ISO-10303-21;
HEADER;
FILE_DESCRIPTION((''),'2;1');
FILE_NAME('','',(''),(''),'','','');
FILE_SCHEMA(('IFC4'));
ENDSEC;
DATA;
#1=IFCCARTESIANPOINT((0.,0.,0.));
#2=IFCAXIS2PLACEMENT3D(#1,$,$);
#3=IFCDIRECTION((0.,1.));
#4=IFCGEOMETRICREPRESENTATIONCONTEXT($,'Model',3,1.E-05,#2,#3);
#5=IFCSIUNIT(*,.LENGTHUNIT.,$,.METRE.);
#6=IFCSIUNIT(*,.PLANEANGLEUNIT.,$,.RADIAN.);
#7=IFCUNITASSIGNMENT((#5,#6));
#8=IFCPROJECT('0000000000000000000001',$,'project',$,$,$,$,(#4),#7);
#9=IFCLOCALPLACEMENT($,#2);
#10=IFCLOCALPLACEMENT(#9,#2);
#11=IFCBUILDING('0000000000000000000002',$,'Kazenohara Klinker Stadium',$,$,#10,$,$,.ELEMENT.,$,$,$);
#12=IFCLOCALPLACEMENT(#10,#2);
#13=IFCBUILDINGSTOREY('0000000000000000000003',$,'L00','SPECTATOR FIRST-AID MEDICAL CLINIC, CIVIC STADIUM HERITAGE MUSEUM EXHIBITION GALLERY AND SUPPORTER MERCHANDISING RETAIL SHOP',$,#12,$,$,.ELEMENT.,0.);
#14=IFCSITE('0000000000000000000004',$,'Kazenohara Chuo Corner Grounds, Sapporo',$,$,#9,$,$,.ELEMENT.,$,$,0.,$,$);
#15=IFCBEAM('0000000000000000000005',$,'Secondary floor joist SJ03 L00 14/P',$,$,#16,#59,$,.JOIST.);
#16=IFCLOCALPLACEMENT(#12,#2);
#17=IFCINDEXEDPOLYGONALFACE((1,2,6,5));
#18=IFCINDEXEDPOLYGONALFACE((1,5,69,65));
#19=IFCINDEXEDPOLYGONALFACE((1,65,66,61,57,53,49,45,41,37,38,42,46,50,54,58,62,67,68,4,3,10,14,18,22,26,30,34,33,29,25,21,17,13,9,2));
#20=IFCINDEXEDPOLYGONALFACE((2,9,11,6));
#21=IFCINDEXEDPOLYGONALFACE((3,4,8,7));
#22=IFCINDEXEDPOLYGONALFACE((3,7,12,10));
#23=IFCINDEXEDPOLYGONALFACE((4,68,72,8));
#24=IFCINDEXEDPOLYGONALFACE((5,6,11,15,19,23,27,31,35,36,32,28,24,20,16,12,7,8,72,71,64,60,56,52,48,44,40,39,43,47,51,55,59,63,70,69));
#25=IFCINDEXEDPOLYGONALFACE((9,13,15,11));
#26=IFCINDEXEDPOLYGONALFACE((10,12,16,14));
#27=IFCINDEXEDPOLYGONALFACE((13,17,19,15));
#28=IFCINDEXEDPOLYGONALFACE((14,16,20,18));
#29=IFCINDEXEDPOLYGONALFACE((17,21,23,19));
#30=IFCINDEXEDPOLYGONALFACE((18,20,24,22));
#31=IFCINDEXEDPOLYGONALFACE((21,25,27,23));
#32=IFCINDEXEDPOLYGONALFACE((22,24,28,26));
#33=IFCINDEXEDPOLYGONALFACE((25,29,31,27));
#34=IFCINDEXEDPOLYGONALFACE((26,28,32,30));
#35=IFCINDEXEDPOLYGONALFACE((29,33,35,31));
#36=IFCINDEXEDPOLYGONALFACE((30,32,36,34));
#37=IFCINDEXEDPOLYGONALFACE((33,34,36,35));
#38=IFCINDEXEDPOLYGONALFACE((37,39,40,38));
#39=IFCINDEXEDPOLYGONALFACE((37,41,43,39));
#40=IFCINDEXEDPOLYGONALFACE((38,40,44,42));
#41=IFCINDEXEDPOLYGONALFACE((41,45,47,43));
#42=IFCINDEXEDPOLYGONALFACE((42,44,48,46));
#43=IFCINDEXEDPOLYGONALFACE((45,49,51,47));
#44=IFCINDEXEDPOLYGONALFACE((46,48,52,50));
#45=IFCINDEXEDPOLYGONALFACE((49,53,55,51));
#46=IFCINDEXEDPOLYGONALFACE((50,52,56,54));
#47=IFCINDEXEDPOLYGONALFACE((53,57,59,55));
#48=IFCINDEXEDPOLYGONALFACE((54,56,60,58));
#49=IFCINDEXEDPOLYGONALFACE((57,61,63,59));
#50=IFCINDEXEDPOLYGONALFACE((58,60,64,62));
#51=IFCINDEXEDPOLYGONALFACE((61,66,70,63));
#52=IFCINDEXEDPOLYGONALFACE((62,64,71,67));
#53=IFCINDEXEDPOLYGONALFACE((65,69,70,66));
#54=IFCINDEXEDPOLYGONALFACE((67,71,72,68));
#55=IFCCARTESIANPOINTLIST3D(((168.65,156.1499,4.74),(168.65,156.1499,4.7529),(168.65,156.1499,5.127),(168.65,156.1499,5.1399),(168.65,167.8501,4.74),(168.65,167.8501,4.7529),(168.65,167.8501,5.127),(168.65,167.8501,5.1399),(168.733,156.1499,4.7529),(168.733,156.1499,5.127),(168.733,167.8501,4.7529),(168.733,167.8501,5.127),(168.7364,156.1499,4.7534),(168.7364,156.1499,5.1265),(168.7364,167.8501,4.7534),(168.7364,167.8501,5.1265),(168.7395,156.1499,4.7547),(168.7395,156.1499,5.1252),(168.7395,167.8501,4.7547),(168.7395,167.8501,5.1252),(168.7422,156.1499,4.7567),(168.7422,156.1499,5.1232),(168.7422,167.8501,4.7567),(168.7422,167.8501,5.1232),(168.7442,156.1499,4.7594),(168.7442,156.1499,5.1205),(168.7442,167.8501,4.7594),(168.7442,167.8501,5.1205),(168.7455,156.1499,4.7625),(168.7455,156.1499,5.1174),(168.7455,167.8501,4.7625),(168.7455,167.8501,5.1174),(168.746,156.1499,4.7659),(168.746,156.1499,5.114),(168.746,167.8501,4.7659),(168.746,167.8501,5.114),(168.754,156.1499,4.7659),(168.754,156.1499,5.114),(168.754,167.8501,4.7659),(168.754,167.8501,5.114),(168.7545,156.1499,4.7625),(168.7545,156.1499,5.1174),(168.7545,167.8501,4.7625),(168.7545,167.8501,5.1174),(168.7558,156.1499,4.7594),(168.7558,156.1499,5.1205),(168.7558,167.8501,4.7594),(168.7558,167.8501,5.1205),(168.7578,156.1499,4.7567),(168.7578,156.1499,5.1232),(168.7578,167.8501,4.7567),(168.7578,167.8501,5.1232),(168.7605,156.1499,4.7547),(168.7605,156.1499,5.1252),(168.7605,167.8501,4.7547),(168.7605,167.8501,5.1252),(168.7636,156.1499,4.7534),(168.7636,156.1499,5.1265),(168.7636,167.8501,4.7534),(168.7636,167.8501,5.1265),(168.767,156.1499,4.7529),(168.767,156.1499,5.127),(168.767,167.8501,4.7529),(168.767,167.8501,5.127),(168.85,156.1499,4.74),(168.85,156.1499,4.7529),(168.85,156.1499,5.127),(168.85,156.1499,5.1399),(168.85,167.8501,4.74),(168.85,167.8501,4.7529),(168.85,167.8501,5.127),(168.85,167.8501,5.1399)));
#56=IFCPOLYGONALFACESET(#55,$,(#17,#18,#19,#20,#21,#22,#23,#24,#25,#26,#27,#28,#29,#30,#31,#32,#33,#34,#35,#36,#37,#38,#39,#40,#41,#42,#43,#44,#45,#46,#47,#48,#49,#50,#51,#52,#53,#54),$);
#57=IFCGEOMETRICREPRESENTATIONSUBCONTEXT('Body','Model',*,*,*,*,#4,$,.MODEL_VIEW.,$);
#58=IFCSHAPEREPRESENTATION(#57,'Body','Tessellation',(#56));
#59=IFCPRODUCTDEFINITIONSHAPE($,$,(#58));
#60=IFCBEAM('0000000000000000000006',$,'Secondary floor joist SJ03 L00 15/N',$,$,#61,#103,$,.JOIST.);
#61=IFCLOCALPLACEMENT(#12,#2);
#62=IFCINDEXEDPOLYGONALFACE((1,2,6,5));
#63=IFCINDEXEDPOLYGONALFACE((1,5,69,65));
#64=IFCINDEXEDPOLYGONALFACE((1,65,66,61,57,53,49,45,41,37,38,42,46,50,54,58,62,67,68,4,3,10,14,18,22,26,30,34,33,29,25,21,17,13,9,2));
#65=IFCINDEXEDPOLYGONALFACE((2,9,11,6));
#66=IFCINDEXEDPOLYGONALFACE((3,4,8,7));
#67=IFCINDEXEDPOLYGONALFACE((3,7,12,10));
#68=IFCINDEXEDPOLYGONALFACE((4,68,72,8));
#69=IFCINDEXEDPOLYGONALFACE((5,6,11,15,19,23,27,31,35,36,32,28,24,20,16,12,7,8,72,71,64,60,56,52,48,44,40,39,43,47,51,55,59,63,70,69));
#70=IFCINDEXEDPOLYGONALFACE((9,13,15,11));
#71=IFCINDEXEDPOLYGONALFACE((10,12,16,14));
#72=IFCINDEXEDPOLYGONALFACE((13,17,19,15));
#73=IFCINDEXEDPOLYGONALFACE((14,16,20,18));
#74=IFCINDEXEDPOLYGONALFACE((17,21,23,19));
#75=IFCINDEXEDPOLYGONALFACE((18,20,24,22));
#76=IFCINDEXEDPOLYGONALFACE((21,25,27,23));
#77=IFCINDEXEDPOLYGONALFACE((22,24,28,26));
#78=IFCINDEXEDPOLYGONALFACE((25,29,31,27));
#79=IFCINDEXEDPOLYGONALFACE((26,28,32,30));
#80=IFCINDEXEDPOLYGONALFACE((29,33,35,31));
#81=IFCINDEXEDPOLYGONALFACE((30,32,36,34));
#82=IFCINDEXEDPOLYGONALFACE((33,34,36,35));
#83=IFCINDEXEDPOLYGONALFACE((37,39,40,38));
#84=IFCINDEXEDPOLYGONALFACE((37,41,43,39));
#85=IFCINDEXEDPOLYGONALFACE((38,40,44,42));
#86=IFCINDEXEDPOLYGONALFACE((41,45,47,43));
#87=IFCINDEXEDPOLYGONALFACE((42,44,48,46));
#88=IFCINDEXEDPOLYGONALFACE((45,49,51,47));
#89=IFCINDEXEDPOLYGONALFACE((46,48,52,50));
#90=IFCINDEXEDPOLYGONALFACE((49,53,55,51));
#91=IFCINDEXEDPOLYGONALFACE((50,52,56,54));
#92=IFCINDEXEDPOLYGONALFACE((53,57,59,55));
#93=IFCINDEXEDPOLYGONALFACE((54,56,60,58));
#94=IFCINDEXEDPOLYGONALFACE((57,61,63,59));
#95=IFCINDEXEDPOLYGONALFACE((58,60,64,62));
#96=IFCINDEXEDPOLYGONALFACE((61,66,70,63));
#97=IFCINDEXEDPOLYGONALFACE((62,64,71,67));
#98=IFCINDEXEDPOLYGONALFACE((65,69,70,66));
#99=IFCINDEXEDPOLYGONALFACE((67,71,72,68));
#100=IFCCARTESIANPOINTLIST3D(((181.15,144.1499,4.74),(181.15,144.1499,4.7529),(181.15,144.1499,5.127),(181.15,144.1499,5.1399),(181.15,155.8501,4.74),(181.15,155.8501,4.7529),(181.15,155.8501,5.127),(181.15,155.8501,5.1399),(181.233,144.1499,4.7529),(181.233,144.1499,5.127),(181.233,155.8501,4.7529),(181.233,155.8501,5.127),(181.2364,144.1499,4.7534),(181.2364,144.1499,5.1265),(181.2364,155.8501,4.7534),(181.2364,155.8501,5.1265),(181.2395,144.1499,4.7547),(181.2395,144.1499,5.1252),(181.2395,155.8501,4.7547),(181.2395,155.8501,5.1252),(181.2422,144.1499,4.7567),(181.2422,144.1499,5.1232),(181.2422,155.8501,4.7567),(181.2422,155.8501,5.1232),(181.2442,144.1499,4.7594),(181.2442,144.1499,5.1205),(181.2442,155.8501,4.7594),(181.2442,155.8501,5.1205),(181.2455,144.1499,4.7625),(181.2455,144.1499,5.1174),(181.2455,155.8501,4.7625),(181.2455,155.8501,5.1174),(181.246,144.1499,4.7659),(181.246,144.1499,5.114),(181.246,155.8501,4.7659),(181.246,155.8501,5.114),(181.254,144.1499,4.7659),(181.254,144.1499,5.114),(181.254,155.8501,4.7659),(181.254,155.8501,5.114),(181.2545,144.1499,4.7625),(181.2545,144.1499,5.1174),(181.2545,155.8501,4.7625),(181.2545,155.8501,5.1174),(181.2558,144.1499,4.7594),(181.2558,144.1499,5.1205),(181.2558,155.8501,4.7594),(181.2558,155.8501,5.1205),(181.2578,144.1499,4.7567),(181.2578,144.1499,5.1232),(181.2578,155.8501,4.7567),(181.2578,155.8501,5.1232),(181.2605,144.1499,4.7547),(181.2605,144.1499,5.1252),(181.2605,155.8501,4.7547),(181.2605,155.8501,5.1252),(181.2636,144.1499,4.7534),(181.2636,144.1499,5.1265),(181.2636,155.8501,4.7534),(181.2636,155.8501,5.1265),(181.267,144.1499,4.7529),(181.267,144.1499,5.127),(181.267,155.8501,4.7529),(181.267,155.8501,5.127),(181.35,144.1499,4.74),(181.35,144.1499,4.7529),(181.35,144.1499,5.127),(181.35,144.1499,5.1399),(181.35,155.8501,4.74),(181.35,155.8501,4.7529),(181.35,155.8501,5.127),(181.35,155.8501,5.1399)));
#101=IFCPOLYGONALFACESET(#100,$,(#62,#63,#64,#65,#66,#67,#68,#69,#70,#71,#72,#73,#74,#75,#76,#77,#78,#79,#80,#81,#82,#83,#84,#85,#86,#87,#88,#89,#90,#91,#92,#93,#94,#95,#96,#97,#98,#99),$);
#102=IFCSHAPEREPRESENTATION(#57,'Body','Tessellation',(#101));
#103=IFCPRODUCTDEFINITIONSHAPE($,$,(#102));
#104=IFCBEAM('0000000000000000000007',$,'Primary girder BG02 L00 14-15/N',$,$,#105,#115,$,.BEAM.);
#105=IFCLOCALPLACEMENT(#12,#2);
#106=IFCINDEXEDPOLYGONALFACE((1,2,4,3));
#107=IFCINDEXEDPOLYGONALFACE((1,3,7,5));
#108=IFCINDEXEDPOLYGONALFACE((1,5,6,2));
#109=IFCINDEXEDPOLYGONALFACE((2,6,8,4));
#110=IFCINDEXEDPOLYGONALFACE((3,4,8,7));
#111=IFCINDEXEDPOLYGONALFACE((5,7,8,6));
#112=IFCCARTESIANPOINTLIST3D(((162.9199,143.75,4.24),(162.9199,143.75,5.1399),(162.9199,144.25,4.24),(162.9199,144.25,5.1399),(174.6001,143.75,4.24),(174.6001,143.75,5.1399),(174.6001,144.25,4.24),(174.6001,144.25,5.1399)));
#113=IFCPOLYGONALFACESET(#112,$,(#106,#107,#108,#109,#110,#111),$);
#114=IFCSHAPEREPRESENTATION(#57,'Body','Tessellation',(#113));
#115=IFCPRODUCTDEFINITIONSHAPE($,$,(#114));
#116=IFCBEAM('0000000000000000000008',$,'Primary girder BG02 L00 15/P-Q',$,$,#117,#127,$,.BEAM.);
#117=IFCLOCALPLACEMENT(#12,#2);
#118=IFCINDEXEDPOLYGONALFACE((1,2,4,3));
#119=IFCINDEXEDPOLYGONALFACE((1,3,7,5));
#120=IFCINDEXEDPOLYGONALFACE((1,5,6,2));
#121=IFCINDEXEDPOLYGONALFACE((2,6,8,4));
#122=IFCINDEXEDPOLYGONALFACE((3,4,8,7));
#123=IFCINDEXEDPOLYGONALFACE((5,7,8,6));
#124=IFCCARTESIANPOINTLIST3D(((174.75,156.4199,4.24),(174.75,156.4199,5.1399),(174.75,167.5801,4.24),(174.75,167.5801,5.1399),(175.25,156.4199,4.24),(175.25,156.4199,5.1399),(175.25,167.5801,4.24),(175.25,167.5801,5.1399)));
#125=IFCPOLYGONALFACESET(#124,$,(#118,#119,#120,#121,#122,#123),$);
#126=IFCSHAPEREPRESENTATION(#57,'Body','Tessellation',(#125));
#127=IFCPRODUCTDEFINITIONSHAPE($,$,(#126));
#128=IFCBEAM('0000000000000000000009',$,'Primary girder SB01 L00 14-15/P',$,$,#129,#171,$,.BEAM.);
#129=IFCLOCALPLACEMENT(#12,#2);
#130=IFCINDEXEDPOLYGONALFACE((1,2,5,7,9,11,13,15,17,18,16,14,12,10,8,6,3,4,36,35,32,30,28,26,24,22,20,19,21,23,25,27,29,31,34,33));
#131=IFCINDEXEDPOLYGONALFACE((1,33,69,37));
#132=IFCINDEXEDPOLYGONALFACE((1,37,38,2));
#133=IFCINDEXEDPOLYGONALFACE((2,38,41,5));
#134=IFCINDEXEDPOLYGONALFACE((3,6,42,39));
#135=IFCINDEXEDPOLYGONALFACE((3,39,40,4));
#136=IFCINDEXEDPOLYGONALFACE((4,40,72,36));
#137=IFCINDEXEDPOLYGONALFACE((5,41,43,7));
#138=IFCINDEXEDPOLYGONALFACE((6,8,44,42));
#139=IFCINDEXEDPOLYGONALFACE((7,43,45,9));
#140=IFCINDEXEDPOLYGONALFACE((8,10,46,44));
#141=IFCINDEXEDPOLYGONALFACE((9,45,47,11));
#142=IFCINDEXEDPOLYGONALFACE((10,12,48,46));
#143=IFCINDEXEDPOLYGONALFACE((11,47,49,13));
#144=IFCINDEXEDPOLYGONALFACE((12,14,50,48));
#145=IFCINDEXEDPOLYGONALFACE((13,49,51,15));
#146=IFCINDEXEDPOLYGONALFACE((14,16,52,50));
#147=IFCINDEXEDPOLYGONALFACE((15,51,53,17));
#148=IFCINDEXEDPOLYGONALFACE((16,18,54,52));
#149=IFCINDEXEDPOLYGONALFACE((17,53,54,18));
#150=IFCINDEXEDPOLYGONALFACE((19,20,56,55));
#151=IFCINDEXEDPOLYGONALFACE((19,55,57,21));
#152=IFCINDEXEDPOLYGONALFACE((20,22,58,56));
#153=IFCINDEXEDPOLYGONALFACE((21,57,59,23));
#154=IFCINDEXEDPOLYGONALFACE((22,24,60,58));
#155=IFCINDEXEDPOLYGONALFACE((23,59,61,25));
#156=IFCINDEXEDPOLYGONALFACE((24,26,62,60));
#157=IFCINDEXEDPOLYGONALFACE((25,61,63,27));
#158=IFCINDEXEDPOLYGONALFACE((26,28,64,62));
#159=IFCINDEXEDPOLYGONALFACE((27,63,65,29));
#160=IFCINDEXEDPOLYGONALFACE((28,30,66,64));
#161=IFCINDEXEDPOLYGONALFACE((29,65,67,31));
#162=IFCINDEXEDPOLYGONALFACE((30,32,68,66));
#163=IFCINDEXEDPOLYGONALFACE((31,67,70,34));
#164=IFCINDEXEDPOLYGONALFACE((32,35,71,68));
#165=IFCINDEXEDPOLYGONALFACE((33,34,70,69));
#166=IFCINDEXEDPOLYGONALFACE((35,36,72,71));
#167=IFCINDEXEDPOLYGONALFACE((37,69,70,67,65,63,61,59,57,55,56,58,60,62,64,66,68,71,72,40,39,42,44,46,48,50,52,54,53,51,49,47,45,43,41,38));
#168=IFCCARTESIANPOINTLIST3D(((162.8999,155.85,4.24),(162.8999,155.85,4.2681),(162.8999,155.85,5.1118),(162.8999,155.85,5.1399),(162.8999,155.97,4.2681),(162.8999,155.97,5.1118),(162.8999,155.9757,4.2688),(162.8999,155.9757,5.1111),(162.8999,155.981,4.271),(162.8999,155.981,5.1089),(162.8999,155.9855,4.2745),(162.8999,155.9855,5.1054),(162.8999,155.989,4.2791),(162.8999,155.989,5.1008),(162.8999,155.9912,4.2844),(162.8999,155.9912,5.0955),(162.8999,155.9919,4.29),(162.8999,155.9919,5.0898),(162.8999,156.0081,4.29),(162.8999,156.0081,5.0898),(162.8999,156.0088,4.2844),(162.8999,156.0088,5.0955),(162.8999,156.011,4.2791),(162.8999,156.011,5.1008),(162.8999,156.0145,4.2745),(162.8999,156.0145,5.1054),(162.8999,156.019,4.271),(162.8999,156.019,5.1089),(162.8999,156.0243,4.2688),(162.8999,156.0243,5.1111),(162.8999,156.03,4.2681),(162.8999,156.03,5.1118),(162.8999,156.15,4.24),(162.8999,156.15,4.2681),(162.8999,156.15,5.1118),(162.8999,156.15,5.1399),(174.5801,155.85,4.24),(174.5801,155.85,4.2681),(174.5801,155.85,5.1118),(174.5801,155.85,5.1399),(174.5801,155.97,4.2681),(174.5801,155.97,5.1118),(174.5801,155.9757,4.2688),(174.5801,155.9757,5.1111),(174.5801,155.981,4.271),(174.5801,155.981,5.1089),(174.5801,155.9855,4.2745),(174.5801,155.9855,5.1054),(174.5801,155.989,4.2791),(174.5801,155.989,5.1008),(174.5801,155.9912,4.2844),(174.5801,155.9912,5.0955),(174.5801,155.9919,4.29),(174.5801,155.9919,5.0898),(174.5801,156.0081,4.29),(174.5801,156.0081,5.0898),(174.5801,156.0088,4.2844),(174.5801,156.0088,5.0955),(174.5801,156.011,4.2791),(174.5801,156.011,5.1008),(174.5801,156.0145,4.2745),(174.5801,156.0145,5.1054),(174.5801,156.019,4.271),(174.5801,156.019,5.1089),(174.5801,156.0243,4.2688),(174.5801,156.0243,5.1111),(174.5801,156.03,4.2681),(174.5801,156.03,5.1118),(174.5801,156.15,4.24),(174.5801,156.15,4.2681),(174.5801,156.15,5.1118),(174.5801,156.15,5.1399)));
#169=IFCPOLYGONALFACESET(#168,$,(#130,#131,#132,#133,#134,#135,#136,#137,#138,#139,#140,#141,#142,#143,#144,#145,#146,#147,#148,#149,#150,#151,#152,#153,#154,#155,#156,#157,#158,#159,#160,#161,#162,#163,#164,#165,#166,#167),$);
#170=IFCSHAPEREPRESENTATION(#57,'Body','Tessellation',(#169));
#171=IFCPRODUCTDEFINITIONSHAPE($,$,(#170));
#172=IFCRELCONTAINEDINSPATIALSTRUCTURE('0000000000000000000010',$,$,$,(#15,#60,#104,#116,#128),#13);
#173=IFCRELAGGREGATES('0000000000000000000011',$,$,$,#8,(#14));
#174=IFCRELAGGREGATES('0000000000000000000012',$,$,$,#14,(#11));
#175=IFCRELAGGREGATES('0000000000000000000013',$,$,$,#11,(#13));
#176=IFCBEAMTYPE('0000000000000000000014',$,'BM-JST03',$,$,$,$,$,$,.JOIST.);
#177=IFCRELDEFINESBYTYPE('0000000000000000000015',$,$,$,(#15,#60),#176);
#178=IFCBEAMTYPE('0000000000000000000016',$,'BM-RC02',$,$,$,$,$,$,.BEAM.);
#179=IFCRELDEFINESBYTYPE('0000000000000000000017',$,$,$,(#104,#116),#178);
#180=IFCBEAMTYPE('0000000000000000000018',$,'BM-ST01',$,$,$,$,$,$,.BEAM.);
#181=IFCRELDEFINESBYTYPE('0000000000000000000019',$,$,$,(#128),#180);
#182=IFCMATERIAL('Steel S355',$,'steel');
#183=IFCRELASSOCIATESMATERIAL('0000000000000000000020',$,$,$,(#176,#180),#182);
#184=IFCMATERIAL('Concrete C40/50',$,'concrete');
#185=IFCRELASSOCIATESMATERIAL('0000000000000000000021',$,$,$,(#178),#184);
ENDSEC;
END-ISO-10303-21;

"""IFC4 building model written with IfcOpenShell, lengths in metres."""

from ifc_helpers import new_model, si_unit, direction, frame, origin, origin_2d, place, context, subcontext, project, spatial, rectangle, i_section, extrude, material, material_profile, profile_set, type_object, element, save


model = new_model("IFC4")

# Units and contexts
model_context = context("Model", 3, precision=1e-05, world=origin(), true_north=direction((0.0, 1.0)))
body_context = subcontext(model_context, "Body", "Model", "MODEL_VIEW")
ifc_project = project(units=[si_unit("LENGTHUNIT", "METRE"), si_unit("PLANEANGLEUNIT", "RADIAN")], contexts=[model_context])

# Site, building, storey
site_placement = place(None, origin())
site = spatial("IfcSite", under=ifc_project, at=site_placement, Name="Kazenohara Chuo Corner Grounds, Sapporo", CompositionType="ELEMENT", RefElevation=0.0)
building_placement = place(site_placement, origin())
building = spatial("IfcBuilding", under=site, at=building_placement, Name="Kazenohara Klinker Stadium", CompositionType="ELEMENT")
storey_placement = place(building_placement, origin())
storey = spatial("IfcBuildingStorey", under=building, at=storey_placement, Name="L00", Description="SPECTATOR FIRST-AID MEDICAL CLINIC, CIVIC STADIUM HERITAGE MUSEUM EXHIBITION GALLERY AND SUPPORTER MERCHANDISING RETAIL SHOP", CompositionType="ELEMENT", Elevation=0.0)

# Shared definitions
ifc_material_1 = material(Name="Concrete C40/50", Category="concrete")

# Beams
ifc_material_2 = material(Name="Steel S355", Category="steel")
ifc_material_profile_1 = material_profile(ifc_material_2, i_section(OverallWidth=0.2, OverallDepth=0.3999, WebThickness=0.0081, FlangeThickness=0.0129, FilletRadius=0.0129, at=origin_2d()), Name="H-400x200x8x13")
ifc_profile_set_1 = profile_set([ifc_material_profile_1], Name="Steel S355")
beam_type_1 = type_object("IfcBeamType", Name="BM-JST03", PredefinedType="JOIST", material=ifc_profile_set_1)
for number, where, z_axis, x_axis, name in (
    (1, (168.75, 156.1499, 4.9399), (0.0, 1.0, 0.0), (-1.0, 0.0, 0.0), "Secondary floor joist SJ03 L00 14/P"),
    (2, (181.25, 144.1499, 4.9399), (0.0, 1.0, 0.0), (-1.0, 0.0, 0.0), "Secondary floor joist SJ03 L00 15/N"),
):
    element("IfcBeam", number, at=place(storey_placement, frame(where, z_axis=z_axis, x_axis=x_axis)), inside=storey, type_object=beam_type_1, Name=name, PredefinedType="JOIST", context=body_context, shape_type="SweptSolid", body=[
        extrude(i_section(OverallWidth=0.2, OverallDepth=0.3999, WebThickness=0.0081, FlangeThickness=0.0129, FilletRadius=0.0129, at=origin_2d()), origin(), (0.0, 0.0, 1.0), 11.7002),
    ])
ifc_material_profile_2 = material_profile(ifc_material_1, rectangle(XDim=0.5, YDim=0.8999, at=origin_2d()), Name="RC-BM-500x900")
ifc_profile_set_2 = profile_set([ifc_material_profile_2], Name="Concrete C40/50")
beam_type_2 = type_object("IfcBeamType", Name="BM-RC02", PredefinedType="BEAM", material=ifc_profile_set_2)
beam_1_placement = place(storey_placement, frame((162.9199, 144.0, 4.6899), z_axis=(1.0, 0.0, 0.0), x_axis=(0.0, 1.0, 0.0)))
element("IfcBeam", 3, at=beam_1_placement, inside=storey, type_object=beam_type_2, Name="Primary girder BG02 L00 14-15/N", PredefinedType="BEAM", context=body_context, shape_type="SweptSolid", body=[
    extrude(rectangle(XDim=0.5, YDim=0.8999, at=origin_2d()), origin(), (0.0, 0.0, 1.0), 11.6802),
])
beam_2_placement = place(storey_placement, frame((175.0, 156.4199, 4.6899), z_axis=(0.0, 1.0, 0.0), x_axis=(-1.0, 0.0, 0.0)))
element("IfcBeam", 4, at=beam_2_placement, inside=storey, type_object=beam_type_2, Name="Primary girder BG02 L00 15/P-Q", PredefinedType="BEAM", context=body_context, shape_type="SweptSolid", body=[
    extrude(rectangle(XDim=0.5, YDim=0.8999, at=origin_2d()), origin(), (0.0, 0.0, 1.0), 11.1602),
])
ifc_material_profile_3 = material_profile(ifc_material_2, i_section(OverallWidth=0.3, OverallDepth=0.8999, WebThickness=0.0161, FlangeThickness=0.0281, FilletRadius=0.022, at=origin_2d()), Name="H-900x300x16x28")
ifc_profile_set_3 = profile_set([ifc_material_profile_3], Name="Steel S355")
beam_type_3 = type_object("IfcBeamType", Name="BM-ST01", PredefinedType="BEAM", material=ifc_profile_set_3)
for number, where, z_axis, x_axis, name in (
    (5, (162.8999, 156.0, 4.6899), (1.0, 0.0, 0.0), (0.0, 1.0, 0.0), "Primary girder SB01 L00 14-15/P"),
):
    element("IfcBeam", number, at=place(storey_placement, frame(where, z_axis=z_axis, x_axis=x_axis)), inside=storey, type_object=beam_type_3, Name=name, PredefinedType="BEAM", context=body_context, shape_type="SweptSolid", body=[
        extrude(i_section(OverallWidth=0.3, OverallDepth=0.8999, WebThickness=0.0161, FlangeThickness=0.0281, FilletRadius=0.022, at=origin_2d()), origin(), (0.0, 0.0, 1.0), 11.6802),
    ])

save(model, "model.ifc")
